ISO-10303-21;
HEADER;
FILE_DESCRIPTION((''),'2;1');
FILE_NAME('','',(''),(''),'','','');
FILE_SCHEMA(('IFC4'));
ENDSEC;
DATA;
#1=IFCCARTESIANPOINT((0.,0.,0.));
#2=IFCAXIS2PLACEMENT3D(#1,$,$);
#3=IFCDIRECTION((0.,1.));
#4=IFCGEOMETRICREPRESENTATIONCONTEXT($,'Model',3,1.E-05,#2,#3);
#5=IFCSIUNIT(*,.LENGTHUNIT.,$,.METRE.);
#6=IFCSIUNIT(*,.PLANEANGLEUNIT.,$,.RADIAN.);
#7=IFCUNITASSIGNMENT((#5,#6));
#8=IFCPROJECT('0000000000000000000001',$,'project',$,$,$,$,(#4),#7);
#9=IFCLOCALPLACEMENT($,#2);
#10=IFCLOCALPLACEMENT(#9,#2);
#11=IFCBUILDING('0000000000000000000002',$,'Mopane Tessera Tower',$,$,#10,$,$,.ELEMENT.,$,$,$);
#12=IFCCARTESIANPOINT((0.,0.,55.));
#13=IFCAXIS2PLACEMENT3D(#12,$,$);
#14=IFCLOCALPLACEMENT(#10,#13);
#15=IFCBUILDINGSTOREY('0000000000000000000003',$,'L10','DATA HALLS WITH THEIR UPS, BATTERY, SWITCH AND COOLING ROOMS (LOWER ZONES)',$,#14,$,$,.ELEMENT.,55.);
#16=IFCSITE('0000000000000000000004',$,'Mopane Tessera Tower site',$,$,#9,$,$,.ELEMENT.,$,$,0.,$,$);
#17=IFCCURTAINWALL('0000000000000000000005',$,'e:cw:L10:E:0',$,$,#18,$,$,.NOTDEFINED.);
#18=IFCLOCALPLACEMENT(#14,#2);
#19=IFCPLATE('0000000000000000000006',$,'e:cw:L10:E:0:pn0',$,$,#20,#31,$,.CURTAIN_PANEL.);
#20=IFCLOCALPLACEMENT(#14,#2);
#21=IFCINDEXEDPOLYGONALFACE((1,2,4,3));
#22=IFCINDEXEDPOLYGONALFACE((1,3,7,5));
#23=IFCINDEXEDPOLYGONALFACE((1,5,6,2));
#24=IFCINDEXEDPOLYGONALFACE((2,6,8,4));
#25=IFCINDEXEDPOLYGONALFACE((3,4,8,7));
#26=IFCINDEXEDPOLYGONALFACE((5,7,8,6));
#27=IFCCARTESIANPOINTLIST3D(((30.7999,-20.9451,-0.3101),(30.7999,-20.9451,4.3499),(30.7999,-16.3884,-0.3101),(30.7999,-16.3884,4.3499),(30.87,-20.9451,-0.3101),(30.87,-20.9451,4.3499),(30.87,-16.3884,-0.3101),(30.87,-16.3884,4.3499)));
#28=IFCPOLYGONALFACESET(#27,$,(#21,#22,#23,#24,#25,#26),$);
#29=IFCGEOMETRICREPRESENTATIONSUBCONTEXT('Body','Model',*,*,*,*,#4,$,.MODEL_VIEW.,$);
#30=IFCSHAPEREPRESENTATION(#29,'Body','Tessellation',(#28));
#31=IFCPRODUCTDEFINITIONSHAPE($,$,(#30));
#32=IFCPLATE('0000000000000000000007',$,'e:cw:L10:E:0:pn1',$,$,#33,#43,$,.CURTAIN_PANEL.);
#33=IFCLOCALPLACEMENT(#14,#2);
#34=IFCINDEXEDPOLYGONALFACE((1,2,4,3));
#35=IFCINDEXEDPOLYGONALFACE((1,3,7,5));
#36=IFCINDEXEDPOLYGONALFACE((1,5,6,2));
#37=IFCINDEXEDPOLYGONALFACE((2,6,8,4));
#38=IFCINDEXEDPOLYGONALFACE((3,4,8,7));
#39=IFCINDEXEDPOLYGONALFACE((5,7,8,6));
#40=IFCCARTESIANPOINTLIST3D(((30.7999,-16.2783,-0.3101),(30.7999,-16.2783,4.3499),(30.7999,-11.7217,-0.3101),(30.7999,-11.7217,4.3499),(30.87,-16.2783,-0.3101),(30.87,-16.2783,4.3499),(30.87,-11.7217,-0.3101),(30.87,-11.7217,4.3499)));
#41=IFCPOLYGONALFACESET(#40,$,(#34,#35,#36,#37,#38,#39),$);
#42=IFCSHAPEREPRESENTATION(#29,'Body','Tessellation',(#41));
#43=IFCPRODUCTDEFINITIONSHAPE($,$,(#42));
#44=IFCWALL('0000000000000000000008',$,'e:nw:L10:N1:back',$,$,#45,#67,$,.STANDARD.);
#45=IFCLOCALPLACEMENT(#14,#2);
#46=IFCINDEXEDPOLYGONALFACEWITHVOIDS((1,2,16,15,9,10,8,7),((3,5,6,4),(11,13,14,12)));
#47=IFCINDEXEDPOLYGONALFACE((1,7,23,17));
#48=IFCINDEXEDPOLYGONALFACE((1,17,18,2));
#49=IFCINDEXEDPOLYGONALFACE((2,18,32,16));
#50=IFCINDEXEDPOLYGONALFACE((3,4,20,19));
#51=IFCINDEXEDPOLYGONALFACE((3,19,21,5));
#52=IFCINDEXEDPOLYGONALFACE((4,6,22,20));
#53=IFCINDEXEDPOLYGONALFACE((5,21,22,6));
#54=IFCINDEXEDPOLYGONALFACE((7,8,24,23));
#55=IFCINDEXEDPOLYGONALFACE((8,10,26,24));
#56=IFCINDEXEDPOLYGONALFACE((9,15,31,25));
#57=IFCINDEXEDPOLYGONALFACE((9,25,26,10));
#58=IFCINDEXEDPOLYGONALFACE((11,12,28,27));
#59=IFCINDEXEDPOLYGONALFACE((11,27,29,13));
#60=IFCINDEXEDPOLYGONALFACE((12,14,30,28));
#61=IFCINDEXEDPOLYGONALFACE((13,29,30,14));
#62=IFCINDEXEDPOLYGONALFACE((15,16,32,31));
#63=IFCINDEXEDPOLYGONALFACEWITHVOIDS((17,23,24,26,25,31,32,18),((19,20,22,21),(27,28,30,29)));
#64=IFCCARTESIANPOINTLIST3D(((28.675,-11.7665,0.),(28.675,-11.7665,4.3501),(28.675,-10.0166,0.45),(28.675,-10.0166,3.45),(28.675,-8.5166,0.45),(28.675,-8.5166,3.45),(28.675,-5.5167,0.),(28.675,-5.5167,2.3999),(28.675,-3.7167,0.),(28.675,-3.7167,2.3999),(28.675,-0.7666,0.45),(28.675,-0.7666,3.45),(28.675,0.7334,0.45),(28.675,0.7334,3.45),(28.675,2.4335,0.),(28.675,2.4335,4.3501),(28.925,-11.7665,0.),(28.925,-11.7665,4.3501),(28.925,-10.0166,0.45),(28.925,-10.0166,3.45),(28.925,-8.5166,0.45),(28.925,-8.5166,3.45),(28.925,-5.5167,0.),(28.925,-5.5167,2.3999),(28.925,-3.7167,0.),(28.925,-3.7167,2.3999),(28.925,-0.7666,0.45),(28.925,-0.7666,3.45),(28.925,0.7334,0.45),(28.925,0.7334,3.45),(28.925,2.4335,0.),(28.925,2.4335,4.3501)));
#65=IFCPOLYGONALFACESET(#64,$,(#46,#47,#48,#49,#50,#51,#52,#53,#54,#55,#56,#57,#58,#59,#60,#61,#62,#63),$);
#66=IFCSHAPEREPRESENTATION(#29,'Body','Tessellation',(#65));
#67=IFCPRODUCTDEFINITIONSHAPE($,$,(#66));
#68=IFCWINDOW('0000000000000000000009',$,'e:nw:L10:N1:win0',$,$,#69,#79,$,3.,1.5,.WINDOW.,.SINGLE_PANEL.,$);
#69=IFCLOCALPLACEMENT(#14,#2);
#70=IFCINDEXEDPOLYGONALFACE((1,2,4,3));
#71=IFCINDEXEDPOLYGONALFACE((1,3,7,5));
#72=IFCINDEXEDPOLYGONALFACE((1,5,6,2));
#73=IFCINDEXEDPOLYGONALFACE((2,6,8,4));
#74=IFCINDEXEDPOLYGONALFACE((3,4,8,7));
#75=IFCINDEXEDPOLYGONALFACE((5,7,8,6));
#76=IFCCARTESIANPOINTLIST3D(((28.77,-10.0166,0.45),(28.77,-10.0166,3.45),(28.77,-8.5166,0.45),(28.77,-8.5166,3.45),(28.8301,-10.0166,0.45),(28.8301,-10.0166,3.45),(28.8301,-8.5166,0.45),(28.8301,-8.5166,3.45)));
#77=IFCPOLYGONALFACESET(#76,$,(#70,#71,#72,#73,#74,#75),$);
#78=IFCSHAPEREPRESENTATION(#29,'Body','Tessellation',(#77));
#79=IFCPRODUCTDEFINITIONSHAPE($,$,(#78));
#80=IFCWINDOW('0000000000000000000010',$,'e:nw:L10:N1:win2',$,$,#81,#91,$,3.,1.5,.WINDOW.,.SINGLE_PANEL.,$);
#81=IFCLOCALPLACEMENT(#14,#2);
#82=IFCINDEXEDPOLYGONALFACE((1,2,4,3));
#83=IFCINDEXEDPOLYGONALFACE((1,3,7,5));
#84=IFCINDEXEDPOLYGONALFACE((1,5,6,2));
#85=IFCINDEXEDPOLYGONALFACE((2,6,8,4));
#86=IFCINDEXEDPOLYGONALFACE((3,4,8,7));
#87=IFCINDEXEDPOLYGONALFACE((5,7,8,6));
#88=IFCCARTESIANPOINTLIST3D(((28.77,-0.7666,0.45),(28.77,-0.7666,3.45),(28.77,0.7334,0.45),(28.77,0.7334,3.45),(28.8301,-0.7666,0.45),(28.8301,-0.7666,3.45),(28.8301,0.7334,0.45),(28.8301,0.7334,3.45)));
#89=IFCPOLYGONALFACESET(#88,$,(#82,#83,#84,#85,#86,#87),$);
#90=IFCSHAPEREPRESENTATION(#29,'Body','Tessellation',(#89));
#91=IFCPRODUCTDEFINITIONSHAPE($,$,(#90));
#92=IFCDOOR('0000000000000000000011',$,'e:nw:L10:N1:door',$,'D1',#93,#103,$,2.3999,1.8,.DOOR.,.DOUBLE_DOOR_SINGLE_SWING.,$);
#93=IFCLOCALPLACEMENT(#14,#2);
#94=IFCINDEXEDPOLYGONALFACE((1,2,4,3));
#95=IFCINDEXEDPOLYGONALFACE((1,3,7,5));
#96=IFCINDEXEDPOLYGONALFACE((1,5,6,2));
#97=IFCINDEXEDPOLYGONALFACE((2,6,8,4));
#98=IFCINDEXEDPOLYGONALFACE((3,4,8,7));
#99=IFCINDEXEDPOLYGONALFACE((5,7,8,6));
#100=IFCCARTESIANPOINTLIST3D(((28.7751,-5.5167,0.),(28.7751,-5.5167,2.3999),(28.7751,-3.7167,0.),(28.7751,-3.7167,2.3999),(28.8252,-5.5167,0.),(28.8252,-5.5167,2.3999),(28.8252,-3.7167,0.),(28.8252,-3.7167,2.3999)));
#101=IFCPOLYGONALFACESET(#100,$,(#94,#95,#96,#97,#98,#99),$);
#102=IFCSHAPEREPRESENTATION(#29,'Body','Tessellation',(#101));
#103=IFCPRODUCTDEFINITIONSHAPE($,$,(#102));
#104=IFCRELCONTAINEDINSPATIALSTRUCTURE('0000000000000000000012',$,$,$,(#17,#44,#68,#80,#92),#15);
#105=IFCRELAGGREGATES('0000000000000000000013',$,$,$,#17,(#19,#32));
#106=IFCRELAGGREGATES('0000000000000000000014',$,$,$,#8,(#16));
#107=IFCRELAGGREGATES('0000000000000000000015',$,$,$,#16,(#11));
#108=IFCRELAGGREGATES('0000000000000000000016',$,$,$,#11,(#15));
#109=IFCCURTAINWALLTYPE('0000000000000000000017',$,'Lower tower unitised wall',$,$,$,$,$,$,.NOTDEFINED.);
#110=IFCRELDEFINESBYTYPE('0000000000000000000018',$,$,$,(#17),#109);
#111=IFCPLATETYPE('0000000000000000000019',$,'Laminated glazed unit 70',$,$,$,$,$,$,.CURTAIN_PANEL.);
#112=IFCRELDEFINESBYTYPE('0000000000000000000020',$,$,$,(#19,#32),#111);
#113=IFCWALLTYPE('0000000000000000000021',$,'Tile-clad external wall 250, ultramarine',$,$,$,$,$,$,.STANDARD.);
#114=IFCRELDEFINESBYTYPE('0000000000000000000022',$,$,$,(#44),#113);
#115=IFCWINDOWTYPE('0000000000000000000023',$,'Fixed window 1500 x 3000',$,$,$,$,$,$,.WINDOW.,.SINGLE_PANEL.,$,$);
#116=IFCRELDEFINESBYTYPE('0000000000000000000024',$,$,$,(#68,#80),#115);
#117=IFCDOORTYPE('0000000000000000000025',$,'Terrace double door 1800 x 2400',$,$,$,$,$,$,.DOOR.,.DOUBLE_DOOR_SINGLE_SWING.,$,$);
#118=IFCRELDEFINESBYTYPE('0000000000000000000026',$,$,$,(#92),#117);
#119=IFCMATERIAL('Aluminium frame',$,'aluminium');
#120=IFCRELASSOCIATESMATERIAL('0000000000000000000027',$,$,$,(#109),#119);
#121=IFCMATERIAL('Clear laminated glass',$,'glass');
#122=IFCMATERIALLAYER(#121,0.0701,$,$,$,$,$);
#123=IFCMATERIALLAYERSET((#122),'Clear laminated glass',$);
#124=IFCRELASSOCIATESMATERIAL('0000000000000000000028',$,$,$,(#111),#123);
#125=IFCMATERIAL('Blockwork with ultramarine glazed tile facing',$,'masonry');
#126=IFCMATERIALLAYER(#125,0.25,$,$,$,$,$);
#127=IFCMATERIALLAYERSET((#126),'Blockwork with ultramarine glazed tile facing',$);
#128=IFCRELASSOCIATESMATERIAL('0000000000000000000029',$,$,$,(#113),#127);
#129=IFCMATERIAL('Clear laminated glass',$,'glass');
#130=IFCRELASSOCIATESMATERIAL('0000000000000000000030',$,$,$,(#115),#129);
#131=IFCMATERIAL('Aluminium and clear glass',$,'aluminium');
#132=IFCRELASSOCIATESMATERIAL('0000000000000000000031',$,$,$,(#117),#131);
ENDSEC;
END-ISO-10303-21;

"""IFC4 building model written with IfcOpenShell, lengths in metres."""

from ifc_helpers import new_model, si_unit, direction, frame, frame_2d, origin, origin_2d, place, context, subcontext, project, spatial, rectangle, extrude, material, layer, layer_set, type_object, element, fill, aggregate, save


model = new_model("IFC4")

# Units and contexts
model_context = context("Model", 3, precision=1e-05, world=origin(), true_north=direction((0.0, 1.0)))
body_context = subcontext(model_context, "Body", "Model", "MODEL_VIEW")
ifc_project = project(units=[si_unit("LENGTHUNIT", "METRE"), si_unit("PLANEANGLEUNIT", "RADIAN")], contexts=[model_context])

# Site, building, storey
site_placement = place(None, origin())
site = spatial("IfcSite", under=ifc_project, at=site_placement, Name="Mopane Tessera Tower site", CompositionType="ELEMENT", RefElevation=0.0)
building_placement = place(site_placement, origin())
building = spatial("IfcBuilding", under=site, at=building_placement, Name="Mopane Tessera Tower", CompositionType="ELEMENT")
storey_placement = place(building_placement, frame((0.0, 0.0, 55.0)))
storey = spatial("IfcBuildingStorey", under=building, at=storey_placement, Name="L10", Description="DATA HALLS WITH THEIR UPS, BATTERY, SWITCH AND COOLING ROOMS (LOWER ZONES)", CompositionType="ELEMENT", Elevation=55.0)

# Curtain wall
ifc_material_1 = material(Name="Aluminium frame", Category="aluminium")
curtain_wall_type = type_object("IfcCurtainWallType", Name="Lower tower unitised wall", PredefinedType="NOTDEFINED", material=ifc_material_1)
curtain_wall_1_placement = place(storey_placement, origin())
curtain_wall_1 = element("IfcCurtainWall", 1, at=curtain_wall_1_placement, inside=storey, type_object=curtain_wall_type, Name="e:cw:L10:E:0", PredefinedType="NOTDEFINED")

# Plates
ifc_material_2 = material(Name="Clear laminated glass", Category="glass")
ifc_layer_1 = layer(ifc_material_2, 0.0701)
ifc_layer_set_1 = layer_set([ifc_layer_1], Name="Clear laminated glass")
plate_type = type_object("IfcPlateType", Name="Laminated glazed unit 70", PredefinedType="CURTAIN_PANEL", material=ifc_layer_set_1)
plate_1_placement = place(storey_placement, frame((30.835, -18.6667, -0.3101), z_axis=(0.0, 0.0, 1.0), x_axis=(0.0, 1.0, 0.0)))
plate_1 = element("IfcPlate", 2, at=plate_1_placement, type_object=plate_type, Name="e:cw:L10:E:0:pn0", PredefinedType="CURTAIN_PANEL", context=body_context, shape_type="SweptSolid", body=[
    extrude(rectangle(XDim=4.5566, YDim=0.0701, at=origin_2d()), origin(), (0.0, 0.0, 1.0), 4.6599),
])
plate_2_placement = place(storey_placement, frame((30.835, -14.0, -0.3101), z_axis=(0.0, 0.0, 1.0), x_axis=(0.0, 1.0, 0.0)))
plate_2 = element("IfcPlate", 3, at=plate_2_placement, type_object=plate_type, Name="e:cw:L10:E:0:pn1", PredefinedType="CURTAIN_PANEL", context=body_context, shape_type="SweptSolid", body=[
    extrude(rectangle(XDim=4.5566, YDim=0.0701, at=origin_2d()), origin(), (0.0, 0.0, 1.0), 4.6599),
])
aggregate(curtain_wall_1, [plate_1, plate_2])

# Wall, openings, windows, door
ifc_material_3 = material(Name="Blockwork with ultramarine glazed tile facing", Category="masonry")
ifc_layer_2 = layer(ifc_material_3, 0.25)
ifc_layer_set_2 = layer_set([ifc_layer_2], Name="Blockwork with ultramarine glazed tile facing")
wall_type = type_object("IfcWallType", Name="Tile-clad external wall 250, ultramarine", PredefinedType="STANDARD", material=ifc_layer_set_2)
wall_placement = place(storey_placement, frame((28.8, -11.7666, 0.0), z_axis=(0.0, 0.0, 1.0), x_axis=(0.0, 1.0, 0.0)))
wall = element("IfcWall", 4, at=wall_placement, inside=storey, type_object=wall_type, Name="e:nw:L10:N1:back", PredefinedType="STANDARD", context=body_context, shape_type="SweptSolid", body=[
    extrude(rectangle(XDim=14.2, YDim=0.25, at=frame_2d((7.1001, 0.0))), origin(), (0.0, 0.0, 1.0), 4.3501),
])
opening_1_placement = place(wall_placement, frame((1.75, 0.0, 0.45)))
opening_1 = element("IfcOpeningElement", 5, at=opening_1_placement, cuts=wall, PredefinedType="OPENING", context=body_context, shape_type="SweptSolid", body=[
    extrude(rectangle(XDim=1.5, YDim=3.0, at=frame_2d((0.75, 1.5))), frame((0.0, 0.137, 0.0), z_axis=(0.0, -1.0, 0.0), x_axis=(1.0, 0.0, 0.0)), (0.0, 0.0, 1.0), 0.2739),
])
opening_2_placement = place(wall_placement, frame((6.25, 0.0, 0.0)))
opening_2 = element("IfcOpeningElement", 6, at=opening_2_placement, cuts=wall, PredefinedType="OPENING", context=body_context, shape_type="SweptSolid", body=[
    extrude(rectangle(XDim=1.8, YDim=2.3999, at=frame_2d((0.8999, 1.2))), frame((0.0, 0.137, 0.0), z_axis=(0.0, -1.0, 0.0), x_axis=(1.0, 0.0, 0.0)), (0.0, 0.0, 1.0), 0.2739),
])
opening_3_placement = place(wall_placement, frame((11.0, 0.0, 0.45)))
opening_3 = element("IfcOpeningElement", 7, at=opening_3_placement, cuts=wall, PredefinedType="OPENING", context=body_context, shape_type="SweptSolid", body=[
    extrude(rectangle(XDim=1.5, YDim=3.0, at=frame_2d((0.75, 1.5))), frame((0.0, 0.137, 0.0), z_axis=(0.0, -1.0, 0.0), x_axis=(1.0, 0.0, 0.0)), (0.0, 0.0, 1.0), 0.2739),
])
ifc_material_4 = material(Name="Clear laminated glass", Category="glass")
window_type = type_object("IfcWindowType", Name="Fixed window 1500 x 3000", PartitioningType="SINGLE_PANEL", PredefinedType="WINDOW", material=ifc_material_4)
window_1_placement = place(opening_1_placement, origin())
window_1 = element("IfcWindow", 8, at=window_1_placement, inside=storey, type_object=window_type, Name="e:nw:L10:N1:win0", OverallHeight=3.0, OverallWidth=1.5, PartitioningType="SINGLE_PANEL", PredefinedType="WINDOW", context=body_context, shape_type="SweptSolid", body=[
    extrude(rectangle(XDim=1.5, YDim=3.0, at=frame_2d((0.75, 1.5))), frame((0.0, 0.03, 0.0), z_axis=(0.0, -1.0, 0.0), x_axis=(1.0, 0.0, 0.0)), (0.0, 0.0, 1.0), 0.0601),
])
fill(opening_1, window_1)
window_2_placement = place(opening_3_placement, origin())
window_2 = element("IfcWindow", 9, at=window_2_placement, inside=storey, type_object=window_type, Name="e:nw:L10:N1:win2", OverallHeight=3.0, OverallWidth=1.5, PartitioningType="SINGLE_PANEL", PredefinedType="WINDOW", context=body_context, shape_type="SweptSolid", body=[
    extrude(rectangle(XDim=1.5, YDim=3.0, at=frame_2d((0.75, 1.5))), frame((0.0, 0.03, 0.0), z_axis=(0.0, -1.0, 0.0), x_axis=(1.0, 0.0, 0.0)), (0.0, 0.0, 1.0), 0.0601),
])
fill(opening_3, window_2)
ifc_material_5 = material(Name="Aluminium and clear glass", Category="aluminium")
door_type = type_object("IfcDoorType", Name="Terrace double door 1800 x 2400", OperationType="DOUBLE_DOOR_SINGLE_SWING", PredefinedType="DOOR", material=ifc_material_5)
door_placement = place(opening_2_placement, origin())
door = element("IfcDoor", 10, at=door_placement, inside=storey, type_object=door_type, Name="e:nw:L10:N1:door", ObjectType="D1", OperationType="DOUBLE_DOOR_SINGLE_SWING", OverallHeight=2.3999, OverallWidth=1.8, PredefinedType="DOOR", context=body_context, shape_type="SweptSolid", body=[
    extrude(rectangle(XDim=1.8, YDim=2.3999, at=frame_2d((0.8999, 1.2))), frame((0.0, 0.0249, 0.0), z_axis=(0.0, -1.0, 0.0), x_axis=(1.0, 0.0, 0.0)), (0.0, 0.0, 1.0), 0.05),
])
fill(opening_2, door)

save(model, "model.ifc")
